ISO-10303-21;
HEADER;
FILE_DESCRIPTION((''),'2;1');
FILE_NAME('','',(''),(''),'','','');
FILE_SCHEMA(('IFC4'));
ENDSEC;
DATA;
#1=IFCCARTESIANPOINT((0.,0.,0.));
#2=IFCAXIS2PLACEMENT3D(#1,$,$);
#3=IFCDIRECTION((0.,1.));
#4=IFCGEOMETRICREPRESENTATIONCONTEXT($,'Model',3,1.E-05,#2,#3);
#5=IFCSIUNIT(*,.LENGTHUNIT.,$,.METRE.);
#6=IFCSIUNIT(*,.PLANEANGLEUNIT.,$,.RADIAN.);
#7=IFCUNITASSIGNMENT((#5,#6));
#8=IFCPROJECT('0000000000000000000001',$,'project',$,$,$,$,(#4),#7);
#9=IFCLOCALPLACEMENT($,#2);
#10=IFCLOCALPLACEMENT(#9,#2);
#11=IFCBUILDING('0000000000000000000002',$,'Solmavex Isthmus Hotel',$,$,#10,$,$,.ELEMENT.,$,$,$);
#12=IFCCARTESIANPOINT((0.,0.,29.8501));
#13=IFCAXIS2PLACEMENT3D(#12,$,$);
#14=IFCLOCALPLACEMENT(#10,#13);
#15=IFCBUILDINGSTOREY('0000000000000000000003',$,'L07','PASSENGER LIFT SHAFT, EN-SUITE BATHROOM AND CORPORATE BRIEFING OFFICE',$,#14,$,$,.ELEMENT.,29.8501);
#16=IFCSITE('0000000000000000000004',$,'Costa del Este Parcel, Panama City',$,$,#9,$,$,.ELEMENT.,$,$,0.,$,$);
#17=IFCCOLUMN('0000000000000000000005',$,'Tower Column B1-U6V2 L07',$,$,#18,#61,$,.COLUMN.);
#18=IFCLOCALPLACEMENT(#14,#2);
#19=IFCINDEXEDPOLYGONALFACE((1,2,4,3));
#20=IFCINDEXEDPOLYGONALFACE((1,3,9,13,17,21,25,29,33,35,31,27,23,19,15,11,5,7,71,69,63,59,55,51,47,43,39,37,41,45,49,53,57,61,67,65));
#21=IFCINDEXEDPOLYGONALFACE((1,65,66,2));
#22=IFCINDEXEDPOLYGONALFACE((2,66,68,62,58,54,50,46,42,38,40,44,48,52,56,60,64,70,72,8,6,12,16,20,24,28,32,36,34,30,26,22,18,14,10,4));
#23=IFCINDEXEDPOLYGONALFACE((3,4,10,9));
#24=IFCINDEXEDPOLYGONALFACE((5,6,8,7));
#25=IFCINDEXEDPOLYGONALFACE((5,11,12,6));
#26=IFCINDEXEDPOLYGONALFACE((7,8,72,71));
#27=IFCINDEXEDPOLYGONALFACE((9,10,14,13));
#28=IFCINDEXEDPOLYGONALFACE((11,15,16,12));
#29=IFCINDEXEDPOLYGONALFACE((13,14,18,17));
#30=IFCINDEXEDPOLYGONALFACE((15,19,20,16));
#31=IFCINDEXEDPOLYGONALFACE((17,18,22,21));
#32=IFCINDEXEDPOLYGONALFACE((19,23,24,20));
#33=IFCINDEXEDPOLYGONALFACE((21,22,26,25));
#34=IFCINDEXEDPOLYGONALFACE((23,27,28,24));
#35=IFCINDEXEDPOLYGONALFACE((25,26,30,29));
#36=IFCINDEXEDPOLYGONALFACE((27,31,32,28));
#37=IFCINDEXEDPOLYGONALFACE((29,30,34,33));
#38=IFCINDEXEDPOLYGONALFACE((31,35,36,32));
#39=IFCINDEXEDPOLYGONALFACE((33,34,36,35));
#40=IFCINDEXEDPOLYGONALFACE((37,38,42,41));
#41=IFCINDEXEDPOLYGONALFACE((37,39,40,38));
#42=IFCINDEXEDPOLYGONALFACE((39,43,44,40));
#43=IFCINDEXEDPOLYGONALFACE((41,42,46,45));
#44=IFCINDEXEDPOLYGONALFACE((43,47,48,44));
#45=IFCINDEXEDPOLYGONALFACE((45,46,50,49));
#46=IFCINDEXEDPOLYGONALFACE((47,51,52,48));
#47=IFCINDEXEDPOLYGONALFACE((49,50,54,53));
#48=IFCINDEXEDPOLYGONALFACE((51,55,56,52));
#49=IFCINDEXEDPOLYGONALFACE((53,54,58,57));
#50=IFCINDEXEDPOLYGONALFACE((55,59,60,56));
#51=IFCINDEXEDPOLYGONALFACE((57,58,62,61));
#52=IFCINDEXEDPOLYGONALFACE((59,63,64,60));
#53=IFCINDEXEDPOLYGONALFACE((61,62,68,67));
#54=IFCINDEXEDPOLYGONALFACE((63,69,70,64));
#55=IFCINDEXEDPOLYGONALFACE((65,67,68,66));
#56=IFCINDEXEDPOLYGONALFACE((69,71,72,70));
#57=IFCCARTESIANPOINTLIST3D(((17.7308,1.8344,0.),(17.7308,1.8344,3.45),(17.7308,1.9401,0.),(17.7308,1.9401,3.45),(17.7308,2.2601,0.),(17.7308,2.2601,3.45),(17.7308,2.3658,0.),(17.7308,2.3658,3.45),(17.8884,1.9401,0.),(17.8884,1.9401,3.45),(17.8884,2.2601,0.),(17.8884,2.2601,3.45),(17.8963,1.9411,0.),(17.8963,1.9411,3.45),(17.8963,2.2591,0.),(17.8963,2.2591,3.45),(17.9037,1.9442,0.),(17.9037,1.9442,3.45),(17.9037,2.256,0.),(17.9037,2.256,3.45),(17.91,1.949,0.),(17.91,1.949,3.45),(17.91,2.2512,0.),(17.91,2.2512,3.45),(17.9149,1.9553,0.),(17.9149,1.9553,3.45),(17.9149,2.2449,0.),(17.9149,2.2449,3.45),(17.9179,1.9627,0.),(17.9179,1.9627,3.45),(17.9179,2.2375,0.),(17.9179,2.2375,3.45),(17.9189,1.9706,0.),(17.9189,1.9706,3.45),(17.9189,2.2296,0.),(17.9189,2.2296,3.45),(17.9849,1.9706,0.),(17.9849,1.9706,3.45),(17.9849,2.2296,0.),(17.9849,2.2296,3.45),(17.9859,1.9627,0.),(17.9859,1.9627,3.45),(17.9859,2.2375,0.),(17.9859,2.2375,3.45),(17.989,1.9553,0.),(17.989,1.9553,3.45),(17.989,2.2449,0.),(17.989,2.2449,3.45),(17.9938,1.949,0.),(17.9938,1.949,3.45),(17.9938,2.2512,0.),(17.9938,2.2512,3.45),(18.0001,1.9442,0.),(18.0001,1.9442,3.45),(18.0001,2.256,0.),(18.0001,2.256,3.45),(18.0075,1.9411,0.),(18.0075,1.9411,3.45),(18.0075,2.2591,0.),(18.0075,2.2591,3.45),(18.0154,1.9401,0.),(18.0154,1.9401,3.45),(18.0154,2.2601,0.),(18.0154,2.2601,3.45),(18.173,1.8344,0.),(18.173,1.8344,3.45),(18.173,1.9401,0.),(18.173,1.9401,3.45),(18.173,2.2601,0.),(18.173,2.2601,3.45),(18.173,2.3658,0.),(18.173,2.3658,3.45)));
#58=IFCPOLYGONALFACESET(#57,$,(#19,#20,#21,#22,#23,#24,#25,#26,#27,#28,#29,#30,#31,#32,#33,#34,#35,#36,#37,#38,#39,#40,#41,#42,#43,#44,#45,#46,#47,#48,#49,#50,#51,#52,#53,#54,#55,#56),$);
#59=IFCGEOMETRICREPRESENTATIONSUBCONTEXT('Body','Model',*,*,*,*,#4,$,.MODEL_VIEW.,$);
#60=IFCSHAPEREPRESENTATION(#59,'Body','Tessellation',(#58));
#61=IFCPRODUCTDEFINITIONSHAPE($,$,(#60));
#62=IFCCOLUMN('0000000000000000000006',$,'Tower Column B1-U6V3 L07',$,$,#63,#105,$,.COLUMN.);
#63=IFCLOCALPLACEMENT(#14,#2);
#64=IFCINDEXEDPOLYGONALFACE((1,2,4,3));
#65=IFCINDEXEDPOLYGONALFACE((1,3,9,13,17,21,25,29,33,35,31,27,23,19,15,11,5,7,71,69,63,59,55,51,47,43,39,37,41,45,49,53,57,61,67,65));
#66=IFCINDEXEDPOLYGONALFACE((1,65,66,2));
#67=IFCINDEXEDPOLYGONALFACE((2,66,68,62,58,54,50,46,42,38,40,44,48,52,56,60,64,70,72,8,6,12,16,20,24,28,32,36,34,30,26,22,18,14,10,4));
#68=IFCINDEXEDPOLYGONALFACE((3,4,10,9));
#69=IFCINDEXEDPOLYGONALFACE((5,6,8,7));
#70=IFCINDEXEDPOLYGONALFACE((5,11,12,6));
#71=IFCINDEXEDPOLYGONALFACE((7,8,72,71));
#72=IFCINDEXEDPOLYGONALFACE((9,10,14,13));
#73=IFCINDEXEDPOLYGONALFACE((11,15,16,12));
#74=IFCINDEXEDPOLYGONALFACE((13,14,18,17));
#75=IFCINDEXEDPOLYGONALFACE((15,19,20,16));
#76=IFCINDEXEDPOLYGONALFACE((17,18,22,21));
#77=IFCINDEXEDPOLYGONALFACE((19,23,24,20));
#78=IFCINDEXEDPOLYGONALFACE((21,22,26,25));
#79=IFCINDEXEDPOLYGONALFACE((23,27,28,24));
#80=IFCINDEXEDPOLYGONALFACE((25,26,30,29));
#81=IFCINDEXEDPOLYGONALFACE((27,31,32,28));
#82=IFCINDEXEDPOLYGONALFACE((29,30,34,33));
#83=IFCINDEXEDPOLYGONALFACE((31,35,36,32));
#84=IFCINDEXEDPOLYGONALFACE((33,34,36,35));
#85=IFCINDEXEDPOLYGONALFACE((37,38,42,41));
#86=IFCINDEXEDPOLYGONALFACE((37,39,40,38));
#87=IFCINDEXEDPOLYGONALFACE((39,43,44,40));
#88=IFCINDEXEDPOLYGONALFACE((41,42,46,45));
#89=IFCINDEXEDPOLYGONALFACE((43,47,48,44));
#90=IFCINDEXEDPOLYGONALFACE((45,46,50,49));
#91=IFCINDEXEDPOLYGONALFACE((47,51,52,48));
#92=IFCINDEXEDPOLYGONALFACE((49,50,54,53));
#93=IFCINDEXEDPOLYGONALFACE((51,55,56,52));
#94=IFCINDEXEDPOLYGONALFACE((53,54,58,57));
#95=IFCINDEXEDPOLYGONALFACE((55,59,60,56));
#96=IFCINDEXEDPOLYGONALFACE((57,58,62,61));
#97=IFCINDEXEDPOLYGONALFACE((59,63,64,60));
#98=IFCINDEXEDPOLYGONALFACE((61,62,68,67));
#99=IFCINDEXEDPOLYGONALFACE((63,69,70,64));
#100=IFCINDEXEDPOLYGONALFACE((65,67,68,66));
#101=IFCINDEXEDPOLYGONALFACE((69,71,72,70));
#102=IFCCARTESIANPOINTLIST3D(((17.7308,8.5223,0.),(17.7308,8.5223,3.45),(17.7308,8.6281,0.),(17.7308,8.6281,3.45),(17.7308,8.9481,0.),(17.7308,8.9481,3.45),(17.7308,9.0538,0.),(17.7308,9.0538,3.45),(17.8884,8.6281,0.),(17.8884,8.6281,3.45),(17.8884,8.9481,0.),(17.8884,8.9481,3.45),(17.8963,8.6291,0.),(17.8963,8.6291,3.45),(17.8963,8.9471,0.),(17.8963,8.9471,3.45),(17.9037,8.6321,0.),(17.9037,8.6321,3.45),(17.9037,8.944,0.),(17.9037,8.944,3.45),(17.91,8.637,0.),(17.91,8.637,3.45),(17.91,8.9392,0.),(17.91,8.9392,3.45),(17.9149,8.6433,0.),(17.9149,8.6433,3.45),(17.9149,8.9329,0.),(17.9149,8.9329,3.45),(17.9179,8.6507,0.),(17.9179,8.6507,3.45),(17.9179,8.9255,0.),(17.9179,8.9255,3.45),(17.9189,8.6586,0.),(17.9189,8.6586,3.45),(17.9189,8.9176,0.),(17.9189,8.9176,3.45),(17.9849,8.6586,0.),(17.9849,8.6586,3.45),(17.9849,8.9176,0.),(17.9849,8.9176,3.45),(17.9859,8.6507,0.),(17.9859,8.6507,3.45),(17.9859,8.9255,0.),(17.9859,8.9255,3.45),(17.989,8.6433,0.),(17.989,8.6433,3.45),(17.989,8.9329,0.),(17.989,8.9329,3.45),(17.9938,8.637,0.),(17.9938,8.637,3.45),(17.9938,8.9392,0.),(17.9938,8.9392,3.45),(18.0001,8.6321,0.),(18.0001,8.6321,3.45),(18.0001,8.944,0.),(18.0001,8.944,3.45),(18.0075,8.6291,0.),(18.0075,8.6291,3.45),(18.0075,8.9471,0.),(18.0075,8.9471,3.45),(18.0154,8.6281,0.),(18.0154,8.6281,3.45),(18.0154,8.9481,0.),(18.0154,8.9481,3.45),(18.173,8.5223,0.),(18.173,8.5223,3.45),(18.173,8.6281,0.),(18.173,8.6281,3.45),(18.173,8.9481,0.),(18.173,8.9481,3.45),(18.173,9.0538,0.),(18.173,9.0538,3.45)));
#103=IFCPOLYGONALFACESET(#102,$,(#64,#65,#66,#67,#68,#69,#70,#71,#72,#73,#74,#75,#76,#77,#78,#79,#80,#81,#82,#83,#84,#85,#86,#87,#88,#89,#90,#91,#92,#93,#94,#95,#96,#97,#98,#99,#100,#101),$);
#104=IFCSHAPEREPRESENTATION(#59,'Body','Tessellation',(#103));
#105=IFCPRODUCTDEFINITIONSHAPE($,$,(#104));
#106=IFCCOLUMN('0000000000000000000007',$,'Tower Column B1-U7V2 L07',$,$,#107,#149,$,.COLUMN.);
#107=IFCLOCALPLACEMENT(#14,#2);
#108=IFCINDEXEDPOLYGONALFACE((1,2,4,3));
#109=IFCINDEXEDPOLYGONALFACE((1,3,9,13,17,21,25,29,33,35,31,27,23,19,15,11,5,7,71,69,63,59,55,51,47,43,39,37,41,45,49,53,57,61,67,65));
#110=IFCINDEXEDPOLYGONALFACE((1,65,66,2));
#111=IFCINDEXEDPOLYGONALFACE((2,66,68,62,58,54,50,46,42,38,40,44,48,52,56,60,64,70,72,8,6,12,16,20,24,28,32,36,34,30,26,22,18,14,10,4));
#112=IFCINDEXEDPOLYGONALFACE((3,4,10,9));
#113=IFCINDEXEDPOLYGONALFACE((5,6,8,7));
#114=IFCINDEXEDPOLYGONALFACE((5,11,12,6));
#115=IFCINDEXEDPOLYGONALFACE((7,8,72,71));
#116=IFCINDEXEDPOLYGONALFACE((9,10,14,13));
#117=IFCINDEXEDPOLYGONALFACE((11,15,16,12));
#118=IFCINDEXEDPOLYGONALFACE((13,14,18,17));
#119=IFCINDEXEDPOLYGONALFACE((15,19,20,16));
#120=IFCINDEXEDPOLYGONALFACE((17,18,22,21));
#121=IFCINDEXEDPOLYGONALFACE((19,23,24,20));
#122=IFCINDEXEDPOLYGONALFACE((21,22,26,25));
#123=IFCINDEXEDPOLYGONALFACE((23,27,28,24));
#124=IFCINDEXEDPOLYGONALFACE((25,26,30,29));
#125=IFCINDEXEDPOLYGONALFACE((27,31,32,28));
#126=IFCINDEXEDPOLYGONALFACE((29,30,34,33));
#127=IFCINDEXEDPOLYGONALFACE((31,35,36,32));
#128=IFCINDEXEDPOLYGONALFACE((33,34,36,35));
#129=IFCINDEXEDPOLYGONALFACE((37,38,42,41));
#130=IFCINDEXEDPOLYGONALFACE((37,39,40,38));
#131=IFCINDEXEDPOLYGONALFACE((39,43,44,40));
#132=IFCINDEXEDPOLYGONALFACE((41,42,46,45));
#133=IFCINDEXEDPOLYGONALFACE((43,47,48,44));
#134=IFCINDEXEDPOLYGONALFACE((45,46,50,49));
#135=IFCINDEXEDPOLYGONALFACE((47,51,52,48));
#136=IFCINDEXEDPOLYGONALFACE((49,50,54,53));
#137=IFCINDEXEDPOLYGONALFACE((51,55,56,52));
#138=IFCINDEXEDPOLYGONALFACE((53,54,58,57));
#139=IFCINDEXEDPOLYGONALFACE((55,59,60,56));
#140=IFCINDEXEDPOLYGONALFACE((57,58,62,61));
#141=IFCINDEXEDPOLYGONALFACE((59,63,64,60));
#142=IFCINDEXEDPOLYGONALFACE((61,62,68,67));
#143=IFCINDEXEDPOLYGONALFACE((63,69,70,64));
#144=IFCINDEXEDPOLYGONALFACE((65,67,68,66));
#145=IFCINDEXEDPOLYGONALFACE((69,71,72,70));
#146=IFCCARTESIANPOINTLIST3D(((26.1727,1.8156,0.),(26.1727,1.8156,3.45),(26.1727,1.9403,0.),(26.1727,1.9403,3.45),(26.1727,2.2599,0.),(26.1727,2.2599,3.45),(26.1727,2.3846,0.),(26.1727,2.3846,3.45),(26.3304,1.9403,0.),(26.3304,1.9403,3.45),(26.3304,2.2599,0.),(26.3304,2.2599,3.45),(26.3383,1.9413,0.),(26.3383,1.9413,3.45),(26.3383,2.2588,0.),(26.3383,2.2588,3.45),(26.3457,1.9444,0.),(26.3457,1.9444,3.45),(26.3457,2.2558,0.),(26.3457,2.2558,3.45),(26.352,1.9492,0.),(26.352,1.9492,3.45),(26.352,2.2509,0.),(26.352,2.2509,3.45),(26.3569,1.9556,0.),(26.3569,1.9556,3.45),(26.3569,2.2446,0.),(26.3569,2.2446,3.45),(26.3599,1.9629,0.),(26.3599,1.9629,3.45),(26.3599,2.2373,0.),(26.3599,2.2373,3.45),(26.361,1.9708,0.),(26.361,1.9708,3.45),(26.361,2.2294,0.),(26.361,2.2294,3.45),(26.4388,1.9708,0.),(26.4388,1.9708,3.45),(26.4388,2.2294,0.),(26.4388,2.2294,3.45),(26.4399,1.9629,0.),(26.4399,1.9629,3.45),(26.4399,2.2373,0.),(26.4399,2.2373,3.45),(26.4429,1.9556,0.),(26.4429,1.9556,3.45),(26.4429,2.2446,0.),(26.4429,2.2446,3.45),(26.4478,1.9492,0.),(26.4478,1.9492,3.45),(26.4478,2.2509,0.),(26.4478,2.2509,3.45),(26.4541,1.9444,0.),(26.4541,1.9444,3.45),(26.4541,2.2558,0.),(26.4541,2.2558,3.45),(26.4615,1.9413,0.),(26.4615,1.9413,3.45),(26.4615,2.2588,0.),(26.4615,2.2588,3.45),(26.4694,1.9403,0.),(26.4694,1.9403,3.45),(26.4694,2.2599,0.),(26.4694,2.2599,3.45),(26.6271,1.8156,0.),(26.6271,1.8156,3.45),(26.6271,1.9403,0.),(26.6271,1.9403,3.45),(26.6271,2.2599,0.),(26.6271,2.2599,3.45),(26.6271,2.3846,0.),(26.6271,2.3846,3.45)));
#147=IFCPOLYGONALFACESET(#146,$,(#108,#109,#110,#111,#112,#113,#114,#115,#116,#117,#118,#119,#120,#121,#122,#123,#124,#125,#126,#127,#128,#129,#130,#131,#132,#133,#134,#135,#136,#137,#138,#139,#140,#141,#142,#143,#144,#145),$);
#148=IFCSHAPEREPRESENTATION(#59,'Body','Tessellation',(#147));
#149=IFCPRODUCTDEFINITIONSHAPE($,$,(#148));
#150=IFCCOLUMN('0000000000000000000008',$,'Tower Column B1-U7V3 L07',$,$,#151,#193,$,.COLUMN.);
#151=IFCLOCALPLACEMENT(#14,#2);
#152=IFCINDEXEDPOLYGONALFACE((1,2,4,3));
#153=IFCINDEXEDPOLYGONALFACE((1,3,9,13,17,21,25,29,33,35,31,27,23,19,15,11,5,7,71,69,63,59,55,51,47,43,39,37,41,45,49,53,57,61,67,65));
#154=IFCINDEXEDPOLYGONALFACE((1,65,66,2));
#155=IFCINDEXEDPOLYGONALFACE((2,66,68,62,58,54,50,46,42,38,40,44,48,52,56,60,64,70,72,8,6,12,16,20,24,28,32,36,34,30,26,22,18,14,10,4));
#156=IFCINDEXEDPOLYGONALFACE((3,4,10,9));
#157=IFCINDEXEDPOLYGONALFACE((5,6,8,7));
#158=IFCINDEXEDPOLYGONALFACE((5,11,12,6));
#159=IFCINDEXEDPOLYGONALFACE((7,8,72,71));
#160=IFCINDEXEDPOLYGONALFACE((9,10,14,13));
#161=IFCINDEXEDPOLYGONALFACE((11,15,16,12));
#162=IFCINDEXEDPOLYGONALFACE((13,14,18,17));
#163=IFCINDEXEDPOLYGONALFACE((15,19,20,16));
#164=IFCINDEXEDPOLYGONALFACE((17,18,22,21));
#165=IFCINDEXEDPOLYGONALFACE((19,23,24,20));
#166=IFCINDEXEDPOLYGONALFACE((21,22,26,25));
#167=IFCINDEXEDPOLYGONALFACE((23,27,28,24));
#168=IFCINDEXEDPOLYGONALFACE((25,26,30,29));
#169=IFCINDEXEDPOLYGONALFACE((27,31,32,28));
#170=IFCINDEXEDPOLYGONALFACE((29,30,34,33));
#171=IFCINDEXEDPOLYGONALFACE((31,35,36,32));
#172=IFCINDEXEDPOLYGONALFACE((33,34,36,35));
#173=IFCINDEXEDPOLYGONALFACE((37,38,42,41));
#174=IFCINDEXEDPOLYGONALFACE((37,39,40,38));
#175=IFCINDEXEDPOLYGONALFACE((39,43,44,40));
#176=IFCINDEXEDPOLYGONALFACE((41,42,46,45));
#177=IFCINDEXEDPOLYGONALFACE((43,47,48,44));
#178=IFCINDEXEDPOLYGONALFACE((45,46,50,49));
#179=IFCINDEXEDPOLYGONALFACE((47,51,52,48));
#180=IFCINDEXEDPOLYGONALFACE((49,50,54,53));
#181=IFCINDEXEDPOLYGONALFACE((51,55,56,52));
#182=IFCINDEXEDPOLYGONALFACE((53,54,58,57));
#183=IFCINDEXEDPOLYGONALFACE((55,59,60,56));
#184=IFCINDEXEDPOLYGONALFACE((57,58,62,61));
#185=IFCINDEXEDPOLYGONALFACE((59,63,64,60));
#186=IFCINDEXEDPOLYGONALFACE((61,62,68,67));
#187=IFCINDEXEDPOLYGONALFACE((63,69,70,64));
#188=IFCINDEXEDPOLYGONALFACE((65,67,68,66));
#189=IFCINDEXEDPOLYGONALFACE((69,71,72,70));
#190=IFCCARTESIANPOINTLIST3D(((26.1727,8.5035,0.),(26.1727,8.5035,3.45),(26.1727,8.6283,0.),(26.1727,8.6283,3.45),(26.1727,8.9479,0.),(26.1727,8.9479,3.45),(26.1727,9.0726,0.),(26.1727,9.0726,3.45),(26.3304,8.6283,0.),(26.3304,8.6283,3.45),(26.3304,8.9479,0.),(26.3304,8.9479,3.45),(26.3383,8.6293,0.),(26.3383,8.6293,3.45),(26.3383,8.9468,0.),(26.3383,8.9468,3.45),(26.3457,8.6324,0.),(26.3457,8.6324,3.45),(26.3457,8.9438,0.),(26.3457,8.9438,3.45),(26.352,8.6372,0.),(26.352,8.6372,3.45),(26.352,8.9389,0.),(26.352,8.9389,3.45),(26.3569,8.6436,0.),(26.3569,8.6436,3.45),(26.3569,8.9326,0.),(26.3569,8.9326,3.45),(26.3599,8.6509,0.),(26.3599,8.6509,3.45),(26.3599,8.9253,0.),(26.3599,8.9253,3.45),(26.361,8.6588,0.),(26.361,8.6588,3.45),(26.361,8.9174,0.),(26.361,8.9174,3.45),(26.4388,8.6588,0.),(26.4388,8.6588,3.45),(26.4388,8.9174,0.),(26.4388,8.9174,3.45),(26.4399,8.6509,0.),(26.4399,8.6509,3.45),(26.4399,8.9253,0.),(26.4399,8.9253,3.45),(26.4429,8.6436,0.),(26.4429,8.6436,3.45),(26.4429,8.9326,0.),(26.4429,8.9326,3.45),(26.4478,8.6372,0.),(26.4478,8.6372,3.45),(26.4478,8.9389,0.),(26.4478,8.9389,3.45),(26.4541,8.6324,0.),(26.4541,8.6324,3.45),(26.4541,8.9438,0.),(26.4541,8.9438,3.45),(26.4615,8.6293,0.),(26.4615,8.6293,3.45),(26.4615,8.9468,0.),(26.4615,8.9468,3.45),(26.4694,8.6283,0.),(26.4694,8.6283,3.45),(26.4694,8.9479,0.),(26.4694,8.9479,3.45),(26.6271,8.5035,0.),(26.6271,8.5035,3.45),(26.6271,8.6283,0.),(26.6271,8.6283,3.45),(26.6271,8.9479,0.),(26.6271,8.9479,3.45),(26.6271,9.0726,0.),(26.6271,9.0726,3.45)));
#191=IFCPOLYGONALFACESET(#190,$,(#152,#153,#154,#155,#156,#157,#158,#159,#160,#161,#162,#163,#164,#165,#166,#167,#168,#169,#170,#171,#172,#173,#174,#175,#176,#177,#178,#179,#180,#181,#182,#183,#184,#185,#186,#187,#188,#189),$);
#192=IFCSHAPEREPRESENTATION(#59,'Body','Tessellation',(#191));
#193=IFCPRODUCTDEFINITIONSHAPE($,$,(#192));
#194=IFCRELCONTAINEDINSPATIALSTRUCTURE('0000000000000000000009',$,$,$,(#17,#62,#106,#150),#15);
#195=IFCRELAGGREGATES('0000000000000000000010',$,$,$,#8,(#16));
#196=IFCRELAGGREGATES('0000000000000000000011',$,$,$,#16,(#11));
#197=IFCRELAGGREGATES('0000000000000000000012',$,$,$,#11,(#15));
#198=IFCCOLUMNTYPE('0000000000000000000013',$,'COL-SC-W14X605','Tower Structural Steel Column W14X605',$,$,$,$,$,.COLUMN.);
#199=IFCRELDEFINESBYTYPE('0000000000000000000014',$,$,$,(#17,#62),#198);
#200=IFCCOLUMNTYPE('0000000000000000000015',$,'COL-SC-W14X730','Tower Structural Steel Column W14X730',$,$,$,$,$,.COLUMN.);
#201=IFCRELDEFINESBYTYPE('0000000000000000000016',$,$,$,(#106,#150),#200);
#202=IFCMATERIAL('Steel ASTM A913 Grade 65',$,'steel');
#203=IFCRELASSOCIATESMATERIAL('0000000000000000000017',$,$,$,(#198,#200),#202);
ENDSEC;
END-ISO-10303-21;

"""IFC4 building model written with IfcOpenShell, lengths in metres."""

from ifc_helpers import new_model, si_unit, direction, frame, origin, origin_2d, place, context, subcontext, project, spatial, i_section, extrude, material, material_profile, profile_set, type_object, element, save


model = new_model("IFC4")

# Units and contexts
model_context = context("Model", 3, precision=1e-05, world=origin(), true_north=direction((0.0, 1.0)))
body_context = subcontext(model_context, "Body", "Model", "MODEL_VIEW")
ifc_project = project(units=[si_unit("LENGTHUNIT", "METRE"), si_unit("PLANEANGLEUNIT", "RADIAN")], contexts=[model_context])

# Site, building, storey
site_placement = place(None, origin())
site = spatial("IfcSite", under=ifc_project, at=site_placement, Name="Costa del Este Parcel, Panama City", CompositionType="ELEMENT", RefElevation=0.0)
building_placement = place(site_placement, origin())
building = spatial("IfcBuilding", under=site, at=building_placement, Name="Solmavex Isthmus Hotel", CompositionType="ELEMENT")
storey_placement = place(building_placement, frame((0.0, 0.0, 29.8501)))
storey = spatial("IfcBuildingStorey", under=building, at=storey_placement, Name="L07", Description="PASSENGER LIFT SHAFT, EN-SUITE BATHROOM AND CORPORATE BRIEFING OFFICE", CompositionType="ELEMENT", Elevation=29.8501)

# Columns
ifc_material_1 = material(Name="Steel ASTM A913 Grade 65", Category="steel")
ifc_material_profile_1 = material_profile(ifc_material_1, i_section(OverallWidth=0.4421, OverallDepth=0.5315, WebThickness=0.0659, FlangeThickness=0.1057, FilletRadius=0.0305, at=origin_2d()), Name="W14X605")
ifc_profile_set_1 = profile_set([ifc_material_profile_1], Name="Steel ASTM A913 Grade 65")
column_type_1 = type_object("IfcColumnType", Name="COL-SC-W14X605", Description="Tower Structural Steel Column W14X605", PredefinedType="COLUMN", material=ifc_profile_set_1)
for number, where, z_axis, x_axis, name in (
    (1, (17.9519, 2.1001, 0.0), (0.0, 0.0, 1.0), (1.0, 0.0, 0.0), "Tower Column B1-U6V2 L07"),
    (2, (17.9519, 8.7881, 0.0), (0.0, 0.0, 1.0), (1.0, 0.0, 0.0), "Tower Column B1-U6V3 L07"),
):
    element("IfcColumn", number, at=place(storey_placement, frame(where, z_axis=z_axis, x_axis=x_axis)), inside=storey, type_object=column_type_1, Name=name, PredefinedType="COLUMN", context=body_context, shape_type="SweptSolid", body=[
        extrude(i_section(OverallWidth=0.4421, OverallDepth=0.5315, WebThickness=0.0659, FlangeThickness=0.1057, FilletRadius=0.0305, at=origin_2d()), origin(), (0.0, 0.0, 1.0), 3.45),
    ])
ifc_material_profile_2 = material_profile(ifc_material_1, i_section(OverallWidth=0.4543, OverallDepth=0.5691, WebThickness=0.0779, FlangeThickness=0.1248, FilletRadius=0.0305, at=origin_2d()), Name="W14X730")
ifc_profile_set_2 = profile_set([ifc_material_profile_2], Name="Steel ASTM A913 Grade 65")
column_type_2 = type_object("IfcColumnType", Name="COL-SC-W14X730", Description="Tower Structural Steel Column W14X730", PredefinedType="COLUMN", material=ifc_profile_set_2)
for number, where, z_axis, x_axis, name in (
    (3, (26.3999, 2.1001, 0.0), (0.0, 0.0, 1.0), (1.0, 0.0, 0.0), "Tower Column B1-U7V2 L07"),
    (4, (26.3999, 8.7881, 0.0), (0.0, 0.0, 1.0), (1.0, 0.0, 0.0), "Tower Column B1-U7V3 L07"),
):
    element("IfcColumn", number, at=place(storey_placement, frame(where, z_axis=z_axis, x_axis=x_axis)), inside=storey, type_object=column_type_2, Name=name, PredefinedType="COLUMN", context=body_context, shape_type="SweptSolid", body=[
        extrude(i_section(OverallWidth=0.4543, OverallDepth=0.5691, WebThickness=0.0779, FlangeThickness=0.1248, FilletRadius=0.0305, at=origin_2d()), origin(), (0.0, 0.0, 1.0), 3.45),
    ])

save(model, "model.ifc")
